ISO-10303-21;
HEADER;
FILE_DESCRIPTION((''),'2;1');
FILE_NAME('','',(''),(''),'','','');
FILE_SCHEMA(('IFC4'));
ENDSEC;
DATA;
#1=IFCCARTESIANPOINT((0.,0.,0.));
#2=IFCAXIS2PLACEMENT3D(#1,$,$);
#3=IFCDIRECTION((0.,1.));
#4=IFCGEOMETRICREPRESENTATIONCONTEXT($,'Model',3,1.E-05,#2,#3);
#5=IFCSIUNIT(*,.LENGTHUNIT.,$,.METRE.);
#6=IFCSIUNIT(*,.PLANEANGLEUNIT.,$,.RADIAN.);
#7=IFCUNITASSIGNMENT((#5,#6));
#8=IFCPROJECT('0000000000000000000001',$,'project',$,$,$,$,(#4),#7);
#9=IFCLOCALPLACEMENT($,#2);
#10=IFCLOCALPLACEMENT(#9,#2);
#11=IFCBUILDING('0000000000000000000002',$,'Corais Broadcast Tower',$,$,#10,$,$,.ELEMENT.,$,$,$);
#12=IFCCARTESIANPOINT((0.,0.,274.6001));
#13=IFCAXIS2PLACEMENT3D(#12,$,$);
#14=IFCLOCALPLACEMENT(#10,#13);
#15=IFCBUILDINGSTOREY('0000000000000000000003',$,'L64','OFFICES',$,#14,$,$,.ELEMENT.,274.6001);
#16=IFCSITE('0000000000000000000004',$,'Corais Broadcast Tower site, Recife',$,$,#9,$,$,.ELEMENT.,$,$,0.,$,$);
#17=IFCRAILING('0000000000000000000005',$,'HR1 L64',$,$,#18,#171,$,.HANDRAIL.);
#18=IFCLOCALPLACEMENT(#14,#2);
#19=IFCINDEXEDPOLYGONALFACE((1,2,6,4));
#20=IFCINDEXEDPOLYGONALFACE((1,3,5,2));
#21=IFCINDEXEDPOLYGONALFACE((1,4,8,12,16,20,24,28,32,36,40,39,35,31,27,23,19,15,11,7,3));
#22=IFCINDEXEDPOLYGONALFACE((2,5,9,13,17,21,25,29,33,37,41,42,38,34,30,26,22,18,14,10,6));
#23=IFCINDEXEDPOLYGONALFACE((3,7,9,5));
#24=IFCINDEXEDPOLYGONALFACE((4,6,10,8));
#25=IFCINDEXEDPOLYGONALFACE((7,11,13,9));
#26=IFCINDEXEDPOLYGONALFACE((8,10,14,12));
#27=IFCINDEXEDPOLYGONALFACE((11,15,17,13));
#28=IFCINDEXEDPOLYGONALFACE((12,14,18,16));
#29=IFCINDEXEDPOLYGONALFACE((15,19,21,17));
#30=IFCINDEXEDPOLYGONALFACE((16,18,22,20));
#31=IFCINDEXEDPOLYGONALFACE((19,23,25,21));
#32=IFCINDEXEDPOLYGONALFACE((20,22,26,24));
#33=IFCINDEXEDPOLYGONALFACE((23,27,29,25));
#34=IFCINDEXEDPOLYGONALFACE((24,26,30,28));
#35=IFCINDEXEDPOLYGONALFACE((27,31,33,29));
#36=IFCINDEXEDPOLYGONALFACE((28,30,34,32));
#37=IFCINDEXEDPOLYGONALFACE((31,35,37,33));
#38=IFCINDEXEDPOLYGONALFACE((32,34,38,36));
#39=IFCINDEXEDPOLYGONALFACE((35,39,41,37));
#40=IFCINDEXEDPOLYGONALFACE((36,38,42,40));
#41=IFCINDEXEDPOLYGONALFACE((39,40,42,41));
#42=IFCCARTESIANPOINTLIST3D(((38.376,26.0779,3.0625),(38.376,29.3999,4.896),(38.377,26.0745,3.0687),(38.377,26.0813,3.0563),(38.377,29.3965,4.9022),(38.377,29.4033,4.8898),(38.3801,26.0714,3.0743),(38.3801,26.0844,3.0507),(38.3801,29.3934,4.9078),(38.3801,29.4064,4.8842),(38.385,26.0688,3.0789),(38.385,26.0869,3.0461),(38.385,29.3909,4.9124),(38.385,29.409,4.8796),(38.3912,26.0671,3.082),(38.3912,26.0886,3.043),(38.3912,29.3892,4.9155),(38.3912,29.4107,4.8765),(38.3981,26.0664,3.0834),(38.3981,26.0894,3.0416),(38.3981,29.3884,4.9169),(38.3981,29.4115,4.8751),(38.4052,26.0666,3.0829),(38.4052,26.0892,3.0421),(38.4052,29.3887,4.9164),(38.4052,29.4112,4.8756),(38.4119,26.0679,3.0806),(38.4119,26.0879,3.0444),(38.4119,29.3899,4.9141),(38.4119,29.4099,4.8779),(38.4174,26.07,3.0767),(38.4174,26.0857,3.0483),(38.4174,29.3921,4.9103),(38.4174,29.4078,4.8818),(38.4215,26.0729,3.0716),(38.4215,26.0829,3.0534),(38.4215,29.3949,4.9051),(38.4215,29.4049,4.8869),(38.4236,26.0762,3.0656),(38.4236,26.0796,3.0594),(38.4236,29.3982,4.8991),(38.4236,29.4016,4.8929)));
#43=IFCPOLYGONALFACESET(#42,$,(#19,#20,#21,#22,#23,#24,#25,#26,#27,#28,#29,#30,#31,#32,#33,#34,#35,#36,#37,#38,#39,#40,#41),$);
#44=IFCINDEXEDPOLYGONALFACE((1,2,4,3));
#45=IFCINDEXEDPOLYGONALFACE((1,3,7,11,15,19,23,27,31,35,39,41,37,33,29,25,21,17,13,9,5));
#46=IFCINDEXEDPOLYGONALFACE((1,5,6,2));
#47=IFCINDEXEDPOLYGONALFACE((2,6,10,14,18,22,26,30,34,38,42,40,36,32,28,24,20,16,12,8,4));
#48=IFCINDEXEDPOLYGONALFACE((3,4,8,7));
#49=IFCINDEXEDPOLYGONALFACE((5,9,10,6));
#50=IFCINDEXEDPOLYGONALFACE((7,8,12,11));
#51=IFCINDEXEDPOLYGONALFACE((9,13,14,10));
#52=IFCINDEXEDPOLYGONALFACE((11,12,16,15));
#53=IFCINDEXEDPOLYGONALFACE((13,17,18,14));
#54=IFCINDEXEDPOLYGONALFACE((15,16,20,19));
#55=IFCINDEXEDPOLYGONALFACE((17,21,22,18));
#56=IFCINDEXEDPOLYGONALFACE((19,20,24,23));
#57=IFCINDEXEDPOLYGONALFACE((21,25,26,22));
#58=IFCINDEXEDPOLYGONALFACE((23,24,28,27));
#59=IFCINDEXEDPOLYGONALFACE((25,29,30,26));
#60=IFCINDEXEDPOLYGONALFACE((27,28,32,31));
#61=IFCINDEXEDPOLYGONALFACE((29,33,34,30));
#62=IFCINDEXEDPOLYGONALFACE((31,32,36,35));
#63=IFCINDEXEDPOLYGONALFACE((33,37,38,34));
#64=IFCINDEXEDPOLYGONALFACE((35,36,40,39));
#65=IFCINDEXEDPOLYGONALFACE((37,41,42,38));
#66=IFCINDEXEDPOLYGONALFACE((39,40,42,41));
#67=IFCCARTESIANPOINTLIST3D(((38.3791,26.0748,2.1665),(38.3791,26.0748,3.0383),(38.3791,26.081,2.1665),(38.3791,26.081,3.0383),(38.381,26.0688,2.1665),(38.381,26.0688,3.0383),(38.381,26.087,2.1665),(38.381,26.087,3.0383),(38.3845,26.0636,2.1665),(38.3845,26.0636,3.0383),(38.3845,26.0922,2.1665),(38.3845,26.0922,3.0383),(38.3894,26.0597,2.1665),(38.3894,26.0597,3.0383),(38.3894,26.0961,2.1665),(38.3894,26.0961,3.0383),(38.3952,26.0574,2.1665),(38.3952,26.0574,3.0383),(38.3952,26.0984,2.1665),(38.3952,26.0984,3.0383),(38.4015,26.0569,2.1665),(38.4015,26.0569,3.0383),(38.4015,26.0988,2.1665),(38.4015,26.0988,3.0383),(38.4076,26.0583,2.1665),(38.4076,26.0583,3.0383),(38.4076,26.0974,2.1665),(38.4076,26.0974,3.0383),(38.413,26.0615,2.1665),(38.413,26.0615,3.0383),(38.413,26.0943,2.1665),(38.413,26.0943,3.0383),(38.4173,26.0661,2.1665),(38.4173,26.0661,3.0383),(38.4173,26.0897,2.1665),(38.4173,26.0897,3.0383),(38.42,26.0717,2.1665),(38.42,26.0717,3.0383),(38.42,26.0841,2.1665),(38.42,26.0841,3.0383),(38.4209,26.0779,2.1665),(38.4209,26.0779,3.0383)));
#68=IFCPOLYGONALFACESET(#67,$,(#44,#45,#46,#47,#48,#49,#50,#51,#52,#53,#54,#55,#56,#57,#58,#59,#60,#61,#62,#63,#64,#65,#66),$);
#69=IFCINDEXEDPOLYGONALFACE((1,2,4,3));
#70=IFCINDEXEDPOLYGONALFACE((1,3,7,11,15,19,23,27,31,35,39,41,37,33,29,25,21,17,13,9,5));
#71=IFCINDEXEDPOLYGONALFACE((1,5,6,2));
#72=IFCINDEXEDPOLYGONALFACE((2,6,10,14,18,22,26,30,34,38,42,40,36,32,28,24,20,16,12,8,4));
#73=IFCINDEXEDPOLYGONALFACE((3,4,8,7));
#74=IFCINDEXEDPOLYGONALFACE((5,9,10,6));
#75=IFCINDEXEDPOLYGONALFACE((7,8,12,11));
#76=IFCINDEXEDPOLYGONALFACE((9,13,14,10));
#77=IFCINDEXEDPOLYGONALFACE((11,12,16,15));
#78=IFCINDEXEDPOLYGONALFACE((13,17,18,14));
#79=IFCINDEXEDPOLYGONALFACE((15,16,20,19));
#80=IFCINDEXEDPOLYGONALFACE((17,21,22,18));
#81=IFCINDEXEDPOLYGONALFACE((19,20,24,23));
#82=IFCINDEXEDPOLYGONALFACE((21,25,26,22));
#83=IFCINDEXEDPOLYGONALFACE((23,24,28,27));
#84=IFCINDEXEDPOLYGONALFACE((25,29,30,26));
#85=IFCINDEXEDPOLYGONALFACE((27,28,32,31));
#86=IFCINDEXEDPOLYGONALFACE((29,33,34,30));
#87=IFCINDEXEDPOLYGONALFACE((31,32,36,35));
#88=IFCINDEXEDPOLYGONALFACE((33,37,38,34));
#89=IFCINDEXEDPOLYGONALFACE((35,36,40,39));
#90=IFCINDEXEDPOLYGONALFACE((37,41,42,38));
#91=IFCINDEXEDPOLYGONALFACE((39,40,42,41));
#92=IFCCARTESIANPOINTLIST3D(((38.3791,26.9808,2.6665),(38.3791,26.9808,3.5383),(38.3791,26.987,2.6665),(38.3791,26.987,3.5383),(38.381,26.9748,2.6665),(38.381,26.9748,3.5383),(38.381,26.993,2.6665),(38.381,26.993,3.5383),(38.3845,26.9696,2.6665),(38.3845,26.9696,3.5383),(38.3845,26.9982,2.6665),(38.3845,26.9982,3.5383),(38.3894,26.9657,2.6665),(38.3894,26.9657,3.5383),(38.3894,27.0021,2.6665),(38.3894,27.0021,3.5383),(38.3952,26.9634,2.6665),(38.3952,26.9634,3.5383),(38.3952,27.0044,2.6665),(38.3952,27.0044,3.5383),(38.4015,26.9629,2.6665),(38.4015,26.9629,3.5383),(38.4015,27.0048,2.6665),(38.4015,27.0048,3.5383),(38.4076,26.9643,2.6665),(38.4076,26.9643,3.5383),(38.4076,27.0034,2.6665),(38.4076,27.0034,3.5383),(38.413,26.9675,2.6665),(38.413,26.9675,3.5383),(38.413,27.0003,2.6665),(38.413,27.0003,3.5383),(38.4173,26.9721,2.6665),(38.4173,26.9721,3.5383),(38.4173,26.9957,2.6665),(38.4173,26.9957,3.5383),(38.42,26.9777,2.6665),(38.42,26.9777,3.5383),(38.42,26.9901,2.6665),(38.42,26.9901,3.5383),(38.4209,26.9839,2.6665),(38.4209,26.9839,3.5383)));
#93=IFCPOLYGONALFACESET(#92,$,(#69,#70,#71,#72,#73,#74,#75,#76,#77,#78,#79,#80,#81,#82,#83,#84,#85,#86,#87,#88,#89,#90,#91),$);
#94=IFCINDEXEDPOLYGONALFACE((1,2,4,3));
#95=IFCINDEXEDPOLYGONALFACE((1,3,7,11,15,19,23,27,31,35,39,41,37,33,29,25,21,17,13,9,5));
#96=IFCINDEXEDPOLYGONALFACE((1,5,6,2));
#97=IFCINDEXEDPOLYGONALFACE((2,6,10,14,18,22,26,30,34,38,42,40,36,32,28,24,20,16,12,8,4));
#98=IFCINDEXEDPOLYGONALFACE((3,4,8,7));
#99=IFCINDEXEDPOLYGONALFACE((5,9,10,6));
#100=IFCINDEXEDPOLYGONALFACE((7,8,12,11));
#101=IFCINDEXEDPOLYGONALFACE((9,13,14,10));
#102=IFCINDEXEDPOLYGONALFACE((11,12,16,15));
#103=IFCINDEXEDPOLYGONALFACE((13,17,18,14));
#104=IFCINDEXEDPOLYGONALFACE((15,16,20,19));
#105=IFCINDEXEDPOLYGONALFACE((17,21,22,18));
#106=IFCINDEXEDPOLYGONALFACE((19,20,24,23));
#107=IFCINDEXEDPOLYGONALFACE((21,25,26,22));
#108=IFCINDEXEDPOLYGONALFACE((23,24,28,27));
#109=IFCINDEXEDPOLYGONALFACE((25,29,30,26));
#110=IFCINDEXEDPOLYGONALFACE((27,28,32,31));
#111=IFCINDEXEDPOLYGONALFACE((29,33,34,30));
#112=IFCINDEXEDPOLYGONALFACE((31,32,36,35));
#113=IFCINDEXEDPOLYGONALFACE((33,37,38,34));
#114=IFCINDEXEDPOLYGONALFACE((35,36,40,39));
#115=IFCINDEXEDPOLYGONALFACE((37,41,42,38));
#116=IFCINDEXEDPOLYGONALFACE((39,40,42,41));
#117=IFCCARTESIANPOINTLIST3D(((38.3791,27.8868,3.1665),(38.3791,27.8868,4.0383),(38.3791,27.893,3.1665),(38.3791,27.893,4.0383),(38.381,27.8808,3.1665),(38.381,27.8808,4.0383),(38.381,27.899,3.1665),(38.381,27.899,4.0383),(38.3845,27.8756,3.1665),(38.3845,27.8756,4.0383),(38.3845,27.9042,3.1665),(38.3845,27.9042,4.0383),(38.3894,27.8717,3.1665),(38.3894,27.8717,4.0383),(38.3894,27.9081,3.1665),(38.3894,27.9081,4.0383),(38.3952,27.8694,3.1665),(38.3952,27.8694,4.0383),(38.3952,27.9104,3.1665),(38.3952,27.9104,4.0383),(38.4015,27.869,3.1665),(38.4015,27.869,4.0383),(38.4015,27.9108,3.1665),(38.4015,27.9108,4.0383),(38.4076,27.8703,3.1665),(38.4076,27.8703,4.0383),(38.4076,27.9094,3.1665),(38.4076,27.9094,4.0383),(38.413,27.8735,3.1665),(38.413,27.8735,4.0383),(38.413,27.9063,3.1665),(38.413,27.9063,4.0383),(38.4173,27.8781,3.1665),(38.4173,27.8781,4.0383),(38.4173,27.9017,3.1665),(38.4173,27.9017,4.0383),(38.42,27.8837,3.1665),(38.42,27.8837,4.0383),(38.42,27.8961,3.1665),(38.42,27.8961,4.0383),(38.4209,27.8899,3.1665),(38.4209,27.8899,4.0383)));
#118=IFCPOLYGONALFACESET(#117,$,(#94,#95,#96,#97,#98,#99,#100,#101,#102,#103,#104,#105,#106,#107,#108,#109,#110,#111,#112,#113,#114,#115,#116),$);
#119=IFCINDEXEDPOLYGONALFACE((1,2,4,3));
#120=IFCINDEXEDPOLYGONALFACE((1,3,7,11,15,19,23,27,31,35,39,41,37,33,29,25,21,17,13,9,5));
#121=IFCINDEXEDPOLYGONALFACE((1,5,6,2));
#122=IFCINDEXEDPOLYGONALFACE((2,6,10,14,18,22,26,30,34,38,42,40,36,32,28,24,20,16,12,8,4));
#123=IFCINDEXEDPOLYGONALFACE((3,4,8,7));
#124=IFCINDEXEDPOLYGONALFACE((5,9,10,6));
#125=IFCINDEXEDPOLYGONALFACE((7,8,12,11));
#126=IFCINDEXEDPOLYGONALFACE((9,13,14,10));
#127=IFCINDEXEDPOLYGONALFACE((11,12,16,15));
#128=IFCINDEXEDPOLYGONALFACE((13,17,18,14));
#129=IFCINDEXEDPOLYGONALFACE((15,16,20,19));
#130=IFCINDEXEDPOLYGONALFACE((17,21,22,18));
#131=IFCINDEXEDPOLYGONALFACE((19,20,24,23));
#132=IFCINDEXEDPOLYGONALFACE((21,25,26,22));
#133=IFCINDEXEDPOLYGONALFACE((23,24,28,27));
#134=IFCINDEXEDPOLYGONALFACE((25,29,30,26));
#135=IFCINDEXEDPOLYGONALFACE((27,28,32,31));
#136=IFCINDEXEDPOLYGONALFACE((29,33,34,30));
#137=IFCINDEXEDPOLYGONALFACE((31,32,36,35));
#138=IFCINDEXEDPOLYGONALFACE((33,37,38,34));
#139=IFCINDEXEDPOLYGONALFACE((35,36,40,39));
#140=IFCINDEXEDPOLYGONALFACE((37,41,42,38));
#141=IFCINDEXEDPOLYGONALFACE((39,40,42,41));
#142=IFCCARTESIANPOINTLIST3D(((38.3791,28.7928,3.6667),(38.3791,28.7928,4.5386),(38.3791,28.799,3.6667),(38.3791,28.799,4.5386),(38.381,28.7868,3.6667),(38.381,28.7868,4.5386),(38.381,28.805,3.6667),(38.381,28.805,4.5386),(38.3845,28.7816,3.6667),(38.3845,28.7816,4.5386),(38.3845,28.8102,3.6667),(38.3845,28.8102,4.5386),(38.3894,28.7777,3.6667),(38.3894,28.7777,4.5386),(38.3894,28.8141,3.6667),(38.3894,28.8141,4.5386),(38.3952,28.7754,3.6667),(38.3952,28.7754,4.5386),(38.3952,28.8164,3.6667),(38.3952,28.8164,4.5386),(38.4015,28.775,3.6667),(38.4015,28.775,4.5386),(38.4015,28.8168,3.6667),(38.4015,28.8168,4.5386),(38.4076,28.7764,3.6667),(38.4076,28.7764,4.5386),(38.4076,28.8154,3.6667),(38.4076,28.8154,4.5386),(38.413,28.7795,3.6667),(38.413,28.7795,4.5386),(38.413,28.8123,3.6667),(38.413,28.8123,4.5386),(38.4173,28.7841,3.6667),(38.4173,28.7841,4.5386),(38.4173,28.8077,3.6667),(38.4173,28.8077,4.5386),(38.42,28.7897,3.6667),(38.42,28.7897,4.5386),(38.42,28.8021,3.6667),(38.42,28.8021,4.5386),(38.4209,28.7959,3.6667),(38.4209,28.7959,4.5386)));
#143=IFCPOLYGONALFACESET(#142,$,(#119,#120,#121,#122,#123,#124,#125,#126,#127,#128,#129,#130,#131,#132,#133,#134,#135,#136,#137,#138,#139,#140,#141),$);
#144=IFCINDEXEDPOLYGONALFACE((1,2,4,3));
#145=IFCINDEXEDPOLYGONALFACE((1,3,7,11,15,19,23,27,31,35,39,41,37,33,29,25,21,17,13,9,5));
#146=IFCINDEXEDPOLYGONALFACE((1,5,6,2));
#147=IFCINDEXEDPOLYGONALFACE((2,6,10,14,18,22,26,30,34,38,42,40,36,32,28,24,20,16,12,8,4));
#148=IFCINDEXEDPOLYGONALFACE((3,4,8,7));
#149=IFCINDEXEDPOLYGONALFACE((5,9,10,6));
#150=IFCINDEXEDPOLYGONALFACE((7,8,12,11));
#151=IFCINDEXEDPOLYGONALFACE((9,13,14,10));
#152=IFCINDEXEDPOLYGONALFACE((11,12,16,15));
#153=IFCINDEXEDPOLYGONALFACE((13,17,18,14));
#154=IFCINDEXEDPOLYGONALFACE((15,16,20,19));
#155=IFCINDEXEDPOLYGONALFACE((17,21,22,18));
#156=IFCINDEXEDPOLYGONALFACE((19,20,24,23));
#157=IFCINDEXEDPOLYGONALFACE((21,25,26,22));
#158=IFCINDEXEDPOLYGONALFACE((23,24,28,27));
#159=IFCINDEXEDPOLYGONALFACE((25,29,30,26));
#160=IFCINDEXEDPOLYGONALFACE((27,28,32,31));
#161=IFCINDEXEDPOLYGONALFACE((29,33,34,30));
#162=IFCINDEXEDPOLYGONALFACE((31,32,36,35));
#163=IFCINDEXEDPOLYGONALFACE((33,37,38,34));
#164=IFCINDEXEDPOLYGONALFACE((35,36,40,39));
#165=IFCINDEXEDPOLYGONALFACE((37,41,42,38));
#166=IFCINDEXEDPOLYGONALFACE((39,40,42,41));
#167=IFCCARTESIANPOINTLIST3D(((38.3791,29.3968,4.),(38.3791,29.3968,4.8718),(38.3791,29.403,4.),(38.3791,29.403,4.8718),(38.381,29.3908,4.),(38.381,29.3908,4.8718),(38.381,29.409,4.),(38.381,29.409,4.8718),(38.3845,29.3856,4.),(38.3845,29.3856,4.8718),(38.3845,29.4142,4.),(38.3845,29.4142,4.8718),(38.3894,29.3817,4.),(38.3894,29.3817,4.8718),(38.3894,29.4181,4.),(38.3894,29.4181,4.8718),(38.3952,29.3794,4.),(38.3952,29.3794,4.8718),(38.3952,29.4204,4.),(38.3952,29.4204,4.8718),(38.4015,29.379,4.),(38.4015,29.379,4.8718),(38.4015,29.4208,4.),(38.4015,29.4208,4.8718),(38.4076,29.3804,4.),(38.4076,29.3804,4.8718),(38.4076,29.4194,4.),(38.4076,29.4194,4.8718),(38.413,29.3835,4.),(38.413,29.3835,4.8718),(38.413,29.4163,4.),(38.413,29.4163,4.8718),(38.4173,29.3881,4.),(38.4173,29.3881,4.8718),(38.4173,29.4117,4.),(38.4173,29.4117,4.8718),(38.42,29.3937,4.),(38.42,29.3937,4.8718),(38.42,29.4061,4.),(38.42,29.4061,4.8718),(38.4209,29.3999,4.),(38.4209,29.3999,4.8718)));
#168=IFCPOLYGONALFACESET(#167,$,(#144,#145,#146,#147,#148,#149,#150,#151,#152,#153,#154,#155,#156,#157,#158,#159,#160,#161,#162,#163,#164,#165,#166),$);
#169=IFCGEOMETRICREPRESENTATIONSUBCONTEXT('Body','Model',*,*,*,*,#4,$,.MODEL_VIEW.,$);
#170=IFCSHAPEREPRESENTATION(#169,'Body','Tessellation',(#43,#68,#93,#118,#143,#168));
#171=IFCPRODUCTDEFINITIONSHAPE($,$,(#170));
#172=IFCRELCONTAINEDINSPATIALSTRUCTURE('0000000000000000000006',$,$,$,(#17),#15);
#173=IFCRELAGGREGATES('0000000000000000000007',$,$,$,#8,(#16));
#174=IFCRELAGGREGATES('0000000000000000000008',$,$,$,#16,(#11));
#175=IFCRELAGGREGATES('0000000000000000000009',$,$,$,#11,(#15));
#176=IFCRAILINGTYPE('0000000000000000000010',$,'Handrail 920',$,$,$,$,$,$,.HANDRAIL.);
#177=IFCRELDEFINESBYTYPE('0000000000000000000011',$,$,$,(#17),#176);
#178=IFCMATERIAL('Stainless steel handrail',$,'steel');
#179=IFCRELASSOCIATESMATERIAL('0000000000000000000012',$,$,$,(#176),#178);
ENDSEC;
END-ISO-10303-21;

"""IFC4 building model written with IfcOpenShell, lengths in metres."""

from ifc_helpers import new_model, si_unit, direction, frame, origin, origin_2d, place, context, subcontext, project, spatial, circle, extrude, material, type_object, element, save


model = new_model("IFC4")

# Units and contexts
model_context = context("Model", 3, precision=1e-05, world=origin(), true_north=direction((0.0, 1.0)))
body_context = subcontext(model_context, "Body", "Model", "MODEL_VIEW")
ifc_project = project(units=[si_unit("LENGTHUNIT", "METRE"), si_unit("PLANEANGLEUNIT", "RADIAN")], contexts=[model_context])

# Site, building, storey
site_placement = place(None, origin())
site = spatial("IfcSite", under=ifc_project, at=site_placement, Name="Corais Broadcast Tower site, Recife", CompositionType="ELEMENT", RefElevation=0.0)
building_placement = place(site_placement, origin())
building = spatial("IfcBuilding", under=site, at=building_placement, Name="Corais Broadcast Tower", CompositionType="ELEMENT")
storey_placement = place(building_placement, frame((0.0, 0.0, 274.6001)))
storey = spatial("IfcBuildingStorey", under=building, at=storey_placement, Name="L64", Description="OFFICES", CompositionType="ELEMENT", Elevation=274.6001)

# Railing
ifc_material_1 = material(Name="Stainless steel handrail", Category="steel")
railing_type = type_object("IfcRailingType", Name="Handrail 920", PredefinedType="HANDRAIL", material=ifc_material_1)
railing_placement = place(storey_placement, frame((38.3999, 26.0779, 2.1665)))
element("IfcRailing", 1, at=railing_placement, inside=storey, type_object=railing_type, Name="HR1 L64", PredefinedType="HANDRAIL", context=body_context, shape_type="SweptSolid", body=[
    extrude(circle(Radius=0.0239, at=origin_2d()), frame((0.0, 0.0, 0.896), z_axis=(0.0, 0.875504, 0.48321), x_axis=(-1.0, 0.0, 0.0)), (0.0, 0.0, 1.0), 3.7944),
    extrude(circle(Radius=0.021, at=origin_2d()), origin(), (0.0, 0.0, 1.0), 0.8718),
    extrude(circle(Radius=0.021, at=origin_2d()), frame((0.0, 0.906, 0.5)), (0.0, 0.0, 1.0), 0.8718),
    extrude(circle(Radius=0.021, at=origin_2d()), frame((0.0, 1.812, 1.0)), (0.0, 0.0, 1.0), 0.8718),
    extrude(circle(Radius=0.021, at=origin_2d()), frame((0.0, 2.718, 1.5002)), (0.0, 0.0, 1.0), 0.8718),
    extrude(circle(Radius=0.021, at=origin_2d()), frame((0.0, 3.322, 1.8335)), (0.0, 0.0, 1.0), 0.8718),
])

save(model, "model.ifc")
